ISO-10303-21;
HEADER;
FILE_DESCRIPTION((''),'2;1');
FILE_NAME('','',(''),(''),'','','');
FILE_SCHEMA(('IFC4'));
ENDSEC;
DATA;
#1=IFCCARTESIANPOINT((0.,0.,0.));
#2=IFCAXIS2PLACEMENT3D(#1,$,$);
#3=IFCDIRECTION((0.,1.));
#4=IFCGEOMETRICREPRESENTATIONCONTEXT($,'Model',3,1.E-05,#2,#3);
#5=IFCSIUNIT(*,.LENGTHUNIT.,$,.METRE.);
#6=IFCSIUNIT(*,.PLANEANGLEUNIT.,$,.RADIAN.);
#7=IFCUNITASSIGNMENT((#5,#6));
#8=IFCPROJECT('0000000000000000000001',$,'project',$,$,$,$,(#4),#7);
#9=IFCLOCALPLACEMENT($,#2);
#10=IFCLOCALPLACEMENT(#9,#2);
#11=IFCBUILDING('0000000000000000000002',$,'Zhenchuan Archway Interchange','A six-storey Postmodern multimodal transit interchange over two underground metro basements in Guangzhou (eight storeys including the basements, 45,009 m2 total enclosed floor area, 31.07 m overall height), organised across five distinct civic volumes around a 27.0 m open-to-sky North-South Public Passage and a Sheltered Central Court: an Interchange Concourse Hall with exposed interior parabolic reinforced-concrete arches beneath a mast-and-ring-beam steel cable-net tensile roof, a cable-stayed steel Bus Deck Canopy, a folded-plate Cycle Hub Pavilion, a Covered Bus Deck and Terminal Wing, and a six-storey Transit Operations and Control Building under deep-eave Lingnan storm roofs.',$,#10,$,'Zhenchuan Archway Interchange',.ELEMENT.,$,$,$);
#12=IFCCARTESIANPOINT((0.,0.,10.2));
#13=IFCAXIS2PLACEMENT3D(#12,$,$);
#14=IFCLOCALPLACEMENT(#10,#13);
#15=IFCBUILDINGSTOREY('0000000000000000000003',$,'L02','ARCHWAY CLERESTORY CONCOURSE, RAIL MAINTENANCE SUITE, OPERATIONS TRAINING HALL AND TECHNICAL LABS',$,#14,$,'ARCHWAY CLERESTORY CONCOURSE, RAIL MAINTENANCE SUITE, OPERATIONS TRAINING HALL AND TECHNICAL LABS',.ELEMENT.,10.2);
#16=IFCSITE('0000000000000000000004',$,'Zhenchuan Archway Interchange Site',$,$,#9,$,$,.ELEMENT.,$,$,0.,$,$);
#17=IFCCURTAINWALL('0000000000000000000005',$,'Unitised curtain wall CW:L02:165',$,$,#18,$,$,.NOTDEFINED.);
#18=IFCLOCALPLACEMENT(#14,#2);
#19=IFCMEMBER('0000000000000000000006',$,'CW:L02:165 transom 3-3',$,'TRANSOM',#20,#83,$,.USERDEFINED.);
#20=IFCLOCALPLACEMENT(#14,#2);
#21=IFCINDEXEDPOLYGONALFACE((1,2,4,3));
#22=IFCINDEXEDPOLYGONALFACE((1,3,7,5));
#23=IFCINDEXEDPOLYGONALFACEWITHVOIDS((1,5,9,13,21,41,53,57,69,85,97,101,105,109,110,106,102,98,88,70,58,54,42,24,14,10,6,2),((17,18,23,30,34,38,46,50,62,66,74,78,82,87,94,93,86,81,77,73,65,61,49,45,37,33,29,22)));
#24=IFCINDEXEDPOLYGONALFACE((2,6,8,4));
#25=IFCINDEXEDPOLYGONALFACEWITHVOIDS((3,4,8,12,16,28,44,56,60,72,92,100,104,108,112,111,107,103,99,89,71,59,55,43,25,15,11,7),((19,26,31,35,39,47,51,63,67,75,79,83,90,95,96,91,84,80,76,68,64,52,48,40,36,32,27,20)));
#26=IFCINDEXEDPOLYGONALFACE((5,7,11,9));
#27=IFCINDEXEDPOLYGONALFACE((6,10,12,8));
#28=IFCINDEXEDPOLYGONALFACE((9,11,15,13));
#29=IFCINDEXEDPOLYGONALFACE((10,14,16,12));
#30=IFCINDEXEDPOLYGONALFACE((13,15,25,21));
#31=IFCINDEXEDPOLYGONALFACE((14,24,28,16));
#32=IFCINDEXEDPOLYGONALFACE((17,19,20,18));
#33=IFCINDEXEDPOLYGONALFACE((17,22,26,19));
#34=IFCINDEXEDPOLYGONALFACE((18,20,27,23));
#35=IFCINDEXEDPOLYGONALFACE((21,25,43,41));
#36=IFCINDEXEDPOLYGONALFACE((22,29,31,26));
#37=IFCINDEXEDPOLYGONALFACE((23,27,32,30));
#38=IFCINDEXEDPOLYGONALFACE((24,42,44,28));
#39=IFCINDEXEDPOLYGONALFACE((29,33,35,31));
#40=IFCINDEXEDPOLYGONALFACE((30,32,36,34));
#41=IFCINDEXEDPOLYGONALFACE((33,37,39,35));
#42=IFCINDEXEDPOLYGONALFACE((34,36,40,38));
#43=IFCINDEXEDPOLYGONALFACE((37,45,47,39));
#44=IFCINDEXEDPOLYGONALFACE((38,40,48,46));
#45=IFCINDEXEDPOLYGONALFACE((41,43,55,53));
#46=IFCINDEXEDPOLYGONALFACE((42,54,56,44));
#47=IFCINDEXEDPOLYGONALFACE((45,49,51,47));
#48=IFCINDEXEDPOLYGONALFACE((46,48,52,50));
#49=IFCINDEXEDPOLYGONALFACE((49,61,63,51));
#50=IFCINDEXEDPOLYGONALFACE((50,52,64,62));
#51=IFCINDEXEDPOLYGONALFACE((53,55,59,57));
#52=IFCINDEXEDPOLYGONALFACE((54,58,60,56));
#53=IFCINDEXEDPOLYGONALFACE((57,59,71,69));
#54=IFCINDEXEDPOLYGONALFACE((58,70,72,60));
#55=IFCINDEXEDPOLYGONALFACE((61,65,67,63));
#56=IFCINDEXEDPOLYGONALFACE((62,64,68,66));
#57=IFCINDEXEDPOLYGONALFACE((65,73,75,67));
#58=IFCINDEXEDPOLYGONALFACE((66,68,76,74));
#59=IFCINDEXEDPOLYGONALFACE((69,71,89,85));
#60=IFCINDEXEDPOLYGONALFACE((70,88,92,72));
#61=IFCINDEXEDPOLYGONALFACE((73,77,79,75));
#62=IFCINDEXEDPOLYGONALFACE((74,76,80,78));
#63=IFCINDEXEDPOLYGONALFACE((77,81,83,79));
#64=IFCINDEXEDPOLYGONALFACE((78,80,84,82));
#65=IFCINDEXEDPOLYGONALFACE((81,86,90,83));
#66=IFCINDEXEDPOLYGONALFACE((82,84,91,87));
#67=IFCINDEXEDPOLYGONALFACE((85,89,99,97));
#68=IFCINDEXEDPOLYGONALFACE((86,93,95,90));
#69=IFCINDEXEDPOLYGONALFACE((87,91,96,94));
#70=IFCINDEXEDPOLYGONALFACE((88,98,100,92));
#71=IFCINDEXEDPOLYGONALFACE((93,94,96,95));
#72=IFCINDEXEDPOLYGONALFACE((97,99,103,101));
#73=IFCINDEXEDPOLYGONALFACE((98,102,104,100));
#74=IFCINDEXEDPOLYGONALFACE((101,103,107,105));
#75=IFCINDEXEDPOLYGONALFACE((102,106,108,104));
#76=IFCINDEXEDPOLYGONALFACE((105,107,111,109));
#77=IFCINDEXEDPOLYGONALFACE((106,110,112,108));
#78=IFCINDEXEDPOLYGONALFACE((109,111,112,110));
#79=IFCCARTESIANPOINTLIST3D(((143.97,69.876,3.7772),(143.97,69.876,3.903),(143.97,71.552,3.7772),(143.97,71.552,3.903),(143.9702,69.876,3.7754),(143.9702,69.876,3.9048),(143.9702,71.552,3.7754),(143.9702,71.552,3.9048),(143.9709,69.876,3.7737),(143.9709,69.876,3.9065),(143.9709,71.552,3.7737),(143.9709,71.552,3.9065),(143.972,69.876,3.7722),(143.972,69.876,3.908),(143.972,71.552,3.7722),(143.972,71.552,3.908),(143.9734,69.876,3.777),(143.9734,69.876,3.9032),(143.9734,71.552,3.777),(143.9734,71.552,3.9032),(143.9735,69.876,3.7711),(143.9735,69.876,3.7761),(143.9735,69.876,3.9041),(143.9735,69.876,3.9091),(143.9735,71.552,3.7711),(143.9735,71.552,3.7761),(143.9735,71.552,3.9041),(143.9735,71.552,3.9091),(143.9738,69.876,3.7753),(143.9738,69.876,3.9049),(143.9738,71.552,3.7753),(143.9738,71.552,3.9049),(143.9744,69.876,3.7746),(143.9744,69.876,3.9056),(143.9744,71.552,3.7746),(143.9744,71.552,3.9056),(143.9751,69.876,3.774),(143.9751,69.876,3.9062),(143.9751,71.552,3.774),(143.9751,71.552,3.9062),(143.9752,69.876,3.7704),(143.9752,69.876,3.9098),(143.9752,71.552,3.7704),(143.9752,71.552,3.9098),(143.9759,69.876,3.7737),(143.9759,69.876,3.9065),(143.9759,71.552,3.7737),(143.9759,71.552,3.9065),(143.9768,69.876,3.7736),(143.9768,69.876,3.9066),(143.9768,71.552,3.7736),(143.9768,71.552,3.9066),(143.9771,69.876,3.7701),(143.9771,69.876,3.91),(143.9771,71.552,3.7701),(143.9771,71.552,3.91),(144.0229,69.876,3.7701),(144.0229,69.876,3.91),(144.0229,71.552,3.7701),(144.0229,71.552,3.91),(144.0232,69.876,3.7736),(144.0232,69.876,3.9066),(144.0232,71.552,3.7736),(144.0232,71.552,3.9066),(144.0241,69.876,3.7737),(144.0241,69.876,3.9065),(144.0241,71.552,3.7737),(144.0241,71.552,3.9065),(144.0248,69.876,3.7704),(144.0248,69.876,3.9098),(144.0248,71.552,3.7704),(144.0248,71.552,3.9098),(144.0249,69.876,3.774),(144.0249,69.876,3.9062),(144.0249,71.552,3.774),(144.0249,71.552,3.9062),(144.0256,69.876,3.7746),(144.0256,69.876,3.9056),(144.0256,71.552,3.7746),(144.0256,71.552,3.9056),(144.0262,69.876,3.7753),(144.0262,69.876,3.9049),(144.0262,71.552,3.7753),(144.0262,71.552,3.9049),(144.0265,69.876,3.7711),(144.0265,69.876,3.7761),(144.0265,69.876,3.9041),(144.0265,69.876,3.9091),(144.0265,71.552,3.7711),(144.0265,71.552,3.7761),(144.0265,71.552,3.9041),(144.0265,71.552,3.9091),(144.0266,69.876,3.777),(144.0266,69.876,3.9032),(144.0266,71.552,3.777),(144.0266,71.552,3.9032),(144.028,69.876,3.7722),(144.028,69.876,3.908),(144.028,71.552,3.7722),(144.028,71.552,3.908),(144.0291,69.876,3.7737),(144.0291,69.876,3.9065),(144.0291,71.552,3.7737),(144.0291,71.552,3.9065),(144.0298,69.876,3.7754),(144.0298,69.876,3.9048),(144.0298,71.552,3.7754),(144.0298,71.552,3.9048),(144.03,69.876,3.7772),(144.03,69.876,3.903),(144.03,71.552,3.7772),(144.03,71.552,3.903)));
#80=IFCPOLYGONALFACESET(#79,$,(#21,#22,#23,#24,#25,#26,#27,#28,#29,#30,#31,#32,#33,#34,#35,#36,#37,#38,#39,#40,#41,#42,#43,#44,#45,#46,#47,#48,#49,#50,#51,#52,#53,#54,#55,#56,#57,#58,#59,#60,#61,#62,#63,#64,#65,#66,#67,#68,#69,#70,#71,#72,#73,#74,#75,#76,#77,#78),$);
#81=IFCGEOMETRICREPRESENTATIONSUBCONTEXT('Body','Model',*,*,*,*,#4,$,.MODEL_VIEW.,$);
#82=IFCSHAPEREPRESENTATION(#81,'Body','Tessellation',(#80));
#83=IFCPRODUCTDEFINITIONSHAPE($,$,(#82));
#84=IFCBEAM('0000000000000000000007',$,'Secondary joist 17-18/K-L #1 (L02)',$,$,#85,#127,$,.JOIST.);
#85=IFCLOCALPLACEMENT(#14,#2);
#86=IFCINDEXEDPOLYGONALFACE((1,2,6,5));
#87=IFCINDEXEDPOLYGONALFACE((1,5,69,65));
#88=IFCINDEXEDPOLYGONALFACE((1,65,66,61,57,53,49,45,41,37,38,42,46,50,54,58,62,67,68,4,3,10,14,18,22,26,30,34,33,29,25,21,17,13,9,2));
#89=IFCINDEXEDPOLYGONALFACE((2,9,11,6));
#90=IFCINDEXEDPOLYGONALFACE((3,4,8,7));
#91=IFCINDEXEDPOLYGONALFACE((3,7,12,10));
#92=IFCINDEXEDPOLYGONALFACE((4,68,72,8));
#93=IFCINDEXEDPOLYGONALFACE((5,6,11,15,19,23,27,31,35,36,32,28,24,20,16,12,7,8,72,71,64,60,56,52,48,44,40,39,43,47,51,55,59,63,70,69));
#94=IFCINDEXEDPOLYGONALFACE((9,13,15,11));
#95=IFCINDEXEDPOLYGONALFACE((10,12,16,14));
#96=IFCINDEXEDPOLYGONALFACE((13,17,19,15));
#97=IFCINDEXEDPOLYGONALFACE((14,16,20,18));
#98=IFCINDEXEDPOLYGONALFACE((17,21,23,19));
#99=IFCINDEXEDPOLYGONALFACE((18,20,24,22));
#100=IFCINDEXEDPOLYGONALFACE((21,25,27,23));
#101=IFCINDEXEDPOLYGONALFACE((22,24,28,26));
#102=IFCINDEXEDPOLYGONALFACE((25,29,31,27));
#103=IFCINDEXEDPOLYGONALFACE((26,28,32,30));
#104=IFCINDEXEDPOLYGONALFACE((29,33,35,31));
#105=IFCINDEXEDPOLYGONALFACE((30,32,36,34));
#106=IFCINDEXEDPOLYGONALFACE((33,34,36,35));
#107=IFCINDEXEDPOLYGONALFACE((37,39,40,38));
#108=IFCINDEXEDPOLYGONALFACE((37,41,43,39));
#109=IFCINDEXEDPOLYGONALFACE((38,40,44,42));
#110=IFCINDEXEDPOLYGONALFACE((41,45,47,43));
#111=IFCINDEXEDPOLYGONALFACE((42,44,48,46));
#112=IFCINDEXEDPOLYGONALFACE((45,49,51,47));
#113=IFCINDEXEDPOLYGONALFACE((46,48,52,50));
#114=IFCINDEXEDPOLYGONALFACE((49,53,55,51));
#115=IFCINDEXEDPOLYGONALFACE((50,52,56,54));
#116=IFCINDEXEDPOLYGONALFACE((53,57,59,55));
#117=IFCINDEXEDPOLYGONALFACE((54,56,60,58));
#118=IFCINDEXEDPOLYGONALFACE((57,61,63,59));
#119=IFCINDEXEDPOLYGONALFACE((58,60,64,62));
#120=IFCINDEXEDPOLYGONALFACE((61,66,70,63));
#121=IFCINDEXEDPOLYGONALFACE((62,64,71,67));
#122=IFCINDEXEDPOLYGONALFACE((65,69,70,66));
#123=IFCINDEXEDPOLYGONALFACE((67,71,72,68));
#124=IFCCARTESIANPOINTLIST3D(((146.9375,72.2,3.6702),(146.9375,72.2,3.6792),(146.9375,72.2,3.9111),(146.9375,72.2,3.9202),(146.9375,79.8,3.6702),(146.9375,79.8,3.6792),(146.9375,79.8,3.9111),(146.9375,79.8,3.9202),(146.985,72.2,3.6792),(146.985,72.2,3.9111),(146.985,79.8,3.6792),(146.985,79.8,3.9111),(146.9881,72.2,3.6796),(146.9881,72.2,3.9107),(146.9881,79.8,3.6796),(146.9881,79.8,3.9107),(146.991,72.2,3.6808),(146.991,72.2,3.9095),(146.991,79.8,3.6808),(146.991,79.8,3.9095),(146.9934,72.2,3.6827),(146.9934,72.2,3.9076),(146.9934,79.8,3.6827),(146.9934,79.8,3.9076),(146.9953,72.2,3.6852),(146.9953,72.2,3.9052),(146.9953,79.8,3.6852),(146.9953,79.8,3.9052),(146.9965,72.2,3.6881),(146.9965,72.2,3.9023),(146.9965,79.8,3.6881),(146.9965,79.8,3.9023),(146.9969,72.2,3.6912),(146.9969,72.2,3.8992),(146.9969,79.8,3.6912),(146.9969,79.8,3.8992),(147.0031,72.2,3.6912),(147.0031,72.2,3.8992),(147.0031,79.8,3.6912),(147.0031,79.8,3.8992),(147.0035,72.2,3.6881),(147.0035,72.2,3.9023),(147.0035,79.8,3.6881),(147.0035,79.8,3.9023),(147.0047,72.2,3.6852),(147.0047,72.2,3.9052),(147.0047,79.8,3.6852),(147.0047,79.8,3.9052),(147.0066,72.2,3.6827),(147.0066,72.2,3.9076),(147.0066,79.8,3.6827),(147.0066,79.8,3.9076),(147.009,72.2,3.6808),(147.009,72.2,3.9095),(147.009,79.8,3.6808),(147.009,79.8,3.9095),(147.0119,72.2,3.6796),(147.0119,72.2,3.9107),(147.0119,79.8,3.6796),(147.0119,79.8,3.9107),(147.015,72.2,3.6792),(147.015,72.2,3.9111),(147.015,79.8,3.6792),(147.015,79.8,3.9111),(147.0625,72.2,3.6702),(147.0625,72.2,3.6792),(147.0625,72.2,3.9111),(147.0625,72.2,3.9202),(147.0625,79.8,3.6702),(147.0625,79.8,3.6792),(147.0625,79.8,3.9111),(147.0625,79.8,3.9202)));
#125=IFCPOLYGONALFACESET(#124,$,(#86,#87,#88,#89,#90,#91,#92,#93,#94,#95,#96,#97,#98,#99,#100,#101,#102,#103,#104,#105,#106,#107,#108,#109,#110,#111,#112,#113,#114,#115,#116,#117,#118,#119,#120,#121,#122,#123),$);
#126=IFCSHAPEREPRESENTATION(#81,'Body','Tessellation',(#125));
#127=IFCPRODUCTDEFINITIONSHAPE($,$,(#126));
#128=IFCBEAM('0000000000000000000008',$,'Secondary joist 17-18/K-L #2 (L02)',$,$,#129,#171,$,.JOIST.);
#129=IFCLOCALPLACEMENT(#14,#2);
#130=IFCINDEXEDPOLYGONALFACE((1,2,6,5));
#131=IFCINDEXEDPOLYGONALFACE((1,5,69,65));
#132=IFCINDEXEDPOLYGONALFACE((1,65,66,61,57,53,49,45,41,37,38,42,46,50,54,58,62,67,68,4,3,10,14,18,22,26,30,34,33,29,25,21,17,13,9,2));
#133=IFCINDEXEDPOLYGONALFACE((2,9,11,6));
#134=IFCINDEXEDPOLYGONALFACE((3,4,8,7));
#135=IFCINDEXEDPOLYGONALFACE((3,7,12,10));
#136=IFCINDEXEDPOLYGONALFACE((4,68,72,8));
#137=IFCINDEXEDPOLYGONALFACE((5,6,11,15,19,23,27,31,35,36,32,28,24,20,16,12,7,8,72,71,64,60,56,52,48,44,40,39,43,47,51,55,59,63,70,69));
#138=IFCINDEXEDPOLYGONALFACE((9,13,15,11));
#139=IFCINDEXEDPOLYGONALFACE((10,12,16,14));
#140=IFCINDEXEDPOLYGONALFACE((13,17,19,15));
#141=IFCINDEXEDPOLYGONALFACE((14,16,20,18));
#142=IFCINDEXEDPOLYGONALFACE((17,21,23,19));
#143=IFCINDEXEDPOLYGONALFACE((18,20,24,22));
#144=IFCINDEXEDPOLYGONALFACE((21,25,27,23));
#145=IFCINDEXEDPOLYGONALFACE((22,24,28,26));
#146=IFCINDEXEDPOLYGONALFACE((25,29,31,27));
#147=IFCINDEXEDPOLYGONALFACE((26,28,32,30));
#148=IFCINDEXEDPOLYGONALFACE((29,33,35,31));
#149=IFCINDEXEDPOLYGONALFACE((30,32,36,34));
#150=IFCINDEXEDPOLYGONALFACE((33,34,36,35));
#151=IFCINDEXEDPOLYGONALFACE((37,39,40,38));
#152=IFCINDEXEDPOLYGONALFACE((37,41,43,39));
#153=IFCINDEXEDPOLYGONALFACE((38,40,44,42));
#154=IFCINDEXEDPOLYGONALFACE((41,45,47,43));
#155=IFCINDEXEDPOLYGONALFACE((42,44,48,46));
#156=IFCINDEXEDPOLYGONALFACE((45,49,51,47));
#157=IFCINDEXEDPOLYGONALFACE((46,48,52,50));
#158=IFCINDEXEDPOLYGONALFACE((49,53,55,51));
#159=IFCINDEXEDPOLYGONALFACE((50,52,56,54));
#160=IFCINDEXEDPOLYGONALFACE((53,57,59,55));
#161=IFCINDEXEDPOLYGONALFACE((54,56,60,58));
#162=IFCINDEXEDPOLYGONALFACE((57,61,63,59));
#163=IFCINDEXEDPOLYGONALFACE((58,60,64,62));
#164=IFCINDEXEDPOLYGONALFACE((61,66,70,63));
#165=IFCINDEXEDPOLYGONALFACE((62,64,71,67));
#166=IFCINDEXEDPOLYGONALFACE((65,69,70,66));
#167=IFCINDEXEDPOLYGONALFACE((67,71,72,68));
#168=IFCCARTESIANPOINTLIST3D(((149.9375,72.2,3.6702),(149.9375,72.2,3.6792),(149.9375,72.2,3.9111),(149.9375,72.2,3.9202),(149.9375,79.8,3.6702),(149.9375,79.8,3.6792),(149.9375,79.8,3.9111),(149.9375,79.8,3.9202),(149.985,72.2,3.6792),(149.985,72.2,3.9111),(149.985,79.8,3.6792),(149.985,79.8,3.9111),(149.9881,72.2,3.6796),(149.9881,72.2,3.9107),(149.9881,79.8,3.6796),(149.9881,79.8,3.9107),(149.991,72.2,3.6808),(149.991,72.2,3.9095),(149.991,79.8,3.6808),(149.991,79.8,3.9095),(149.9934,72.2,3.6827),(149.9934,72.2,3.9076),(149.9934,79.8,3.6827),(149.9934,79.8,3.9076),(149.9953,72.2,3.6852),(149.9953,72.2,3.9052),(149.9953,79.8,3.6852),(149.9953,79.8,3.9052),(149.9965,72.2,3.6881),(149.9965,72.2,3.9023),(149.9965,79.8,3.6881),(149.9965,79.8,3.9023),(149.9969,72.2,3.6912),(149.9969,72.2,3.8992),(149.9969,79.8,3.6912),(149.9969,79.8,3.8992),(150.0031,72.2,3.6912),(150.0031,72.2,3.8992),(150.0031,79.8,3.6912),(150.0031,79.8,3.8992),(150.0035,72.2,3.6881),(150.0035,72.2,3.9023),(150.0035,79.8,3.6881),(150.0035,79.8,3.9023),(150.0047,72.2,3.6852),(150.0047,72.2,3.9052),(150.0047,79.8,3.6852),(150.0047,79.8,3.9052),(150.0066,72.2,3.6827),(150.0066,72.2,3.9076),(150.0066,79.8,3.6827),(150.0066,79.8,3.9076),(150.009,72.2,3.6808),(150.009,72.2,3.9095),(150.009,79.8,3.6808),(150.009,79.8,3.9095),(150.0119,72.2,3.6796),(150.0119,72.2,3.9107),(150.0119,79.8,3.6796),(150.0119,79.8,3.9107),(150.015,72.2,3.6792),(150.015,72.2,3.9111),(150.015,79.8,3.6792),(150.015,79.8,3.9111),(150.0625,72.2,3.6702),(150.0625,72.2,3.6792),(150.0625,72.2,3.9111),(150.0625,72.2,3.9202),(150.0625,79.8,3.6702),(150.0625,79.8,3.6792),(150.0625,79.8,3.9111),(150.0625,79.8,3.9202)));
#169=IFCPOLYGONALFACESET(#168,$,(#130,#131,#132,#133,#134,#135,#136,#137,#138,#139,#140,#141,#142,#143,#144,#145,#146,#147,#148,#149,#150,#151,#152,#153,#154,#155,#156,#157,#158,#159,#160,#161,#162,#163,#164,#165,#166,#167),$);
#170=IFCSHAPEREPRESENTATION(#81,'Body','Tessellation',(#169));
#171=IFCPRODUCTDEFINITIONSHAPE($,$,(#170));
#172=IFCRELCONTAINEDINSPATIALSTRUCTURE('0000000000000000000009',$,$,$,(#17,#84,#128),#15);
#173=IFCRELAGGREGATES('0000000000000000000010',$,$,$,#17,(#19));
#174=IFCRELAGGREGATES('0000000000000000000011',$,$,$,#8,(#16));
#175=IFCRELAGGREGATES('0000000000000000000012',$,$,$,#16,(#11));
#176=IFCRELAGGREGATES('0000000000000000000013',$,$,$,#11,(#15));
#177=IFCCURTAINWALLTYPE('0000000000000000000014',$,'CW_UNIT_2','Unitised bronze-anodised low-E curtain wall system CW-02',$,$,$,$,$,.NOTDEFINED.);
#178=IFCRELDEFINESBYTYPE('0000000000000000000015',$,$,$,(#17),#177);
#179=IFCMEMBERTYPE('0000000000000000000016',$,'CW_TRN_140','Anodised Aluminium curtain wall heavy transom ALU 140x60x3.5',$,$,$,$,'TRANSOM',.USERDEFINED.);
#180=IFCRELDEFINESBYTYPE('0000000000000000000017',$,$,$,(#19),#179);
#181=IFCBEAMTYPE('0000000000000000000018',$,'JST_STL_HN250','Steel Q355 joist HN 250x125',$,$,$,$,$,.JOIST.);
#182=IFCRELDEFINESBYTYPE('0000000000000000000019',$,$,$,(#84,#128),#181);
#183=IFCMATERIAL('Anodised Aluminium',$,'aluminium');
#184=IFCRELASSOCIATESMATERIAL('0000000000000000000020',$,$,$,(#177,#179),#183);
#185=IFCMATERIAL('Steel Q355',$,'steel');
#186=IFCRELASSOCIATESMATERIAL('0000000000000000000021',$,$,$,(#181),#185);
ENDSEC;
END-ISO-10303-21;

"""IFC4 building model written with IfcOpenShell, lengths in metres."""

from ifc_helpers import new_model, si_unit, direction, frame, origin, origin_2d, place, context, subcontext, project, spatial, hollow_rectangle, i_section, extrude, material, material_profile, profile_set, type_object, element, aggregate, save


model = new_model("IFC4")

# Units and contexts
model_context = context("Model", 3, precision=1e-05, world=origin(), true_north=direction((0.0, 1.0)))
body_context = subcontext(model_context, "Body", "Model", "MODEL_VIEW")
ifc_project = project(units=[si_unit("LENGTHUNIT", "METRE"), si_unit("PLANEANGLEUNIT", "RADIAN")], contexts=[model_context])

# Site, building, storey
site_placement = place(None, origin())
site = spatial("IfcSite", under=ifc_project, at=site_placement, Name="Zhenchuan Archway Interchange Site", CompositionType="ELEMENT", RefElevation=0.0)
building_placement = place(site_placement, origin())
building = spatial("IfcBuilding", under=site, at=building_placement, Name="Zhenchuan Archway Interchange", Description="A six-storey Postmodern multimodal transit interchange over two underground metro basements in Guangzhou (eight storeys including the basements, 45,009 m2 total enclosed floor area, 31.07 m overall height), organised across five distinct civic volumes around a 27.0 m open-to-sky North-South Public Passage and a Sheltered Central Court: an Interchange Concourse Hall with exposed interior parabolic reinforced-concrete arches beneath a mast-and-ring-beam steel cable-net tensile roof, a cable-stayed steel Bus Deck Canopy, a folded-plate Cycle Hub Pavilion, a Covered Bus Deck and Terminal Wing, and a six-storey Transit Operations and Control Building under deep-eave Lingnan storm roofs.", LongName="Zhenchuan Archway Interchange", CompositionType="ELEMENT")
storey_placement = place(building_placement, frame((0.0, 0.0, 10.2)))
storey = spatial("IfcBuildingStorey", under=building, at=storey_placement, Name="L02", Description="ARCHWAY CLERESTORY CONCOURSE, RAIL MAINTENANCE SUITE, OPERATIONS TRAINING HALL AND TECHNICAL LABS", LongName="ARCHWAY CLERESTORY CONCOURSE, RAIL MAINTENANCE SUITE, OPERATIONS TRAINING HALL AND TECHNICAL LABS", CompositionType="ELEMENT", Elevation=10.2)

# Curtain wall, member
ifc_material_1 = material(Name="Anodised Aluminium", Category="aluminium")
curtain_wall_type = type_object("IfcCurtainWallType", Name="CW_UNIT_2", Description="Unitised bronze-anodised low-E curtain wall system CW-02", PredefinedType="NOTDEFINED", material=ifc_material_1)
curtain_wall_placement = place(storey_placement, origin())
curtain_wall = element("IfcCurtainWall", 1, at=curtain_wall_placement, inside=storey, type_object=curtain_wall_type, Name="Unitised curtain wall CW:L02:165", PredefinedType="NOTDEFINED")
ifc_material_profile_1 = material_profile(ifc_material_1, hollow_rectangle(XDim=0.0601, YDim=0.1399, WallThickness=0.0034, InnerFilletRadius=0.0034, OuterFilletRadius=0.0071, at=origin_2d()), Name="ALU 140x60x3.5")
ifc_profile_set_1 = profile_set([ifc_material_profile_1], Name="Anodised Aluminium")
member_type_1 = type_object("IfcMemberType", Name="CW_TRN_140", Description="Anodised Aluminium curtain wall heavy transom ALU 140x60x3.5", ElementType="TRANSOM", PredefinedType="USERDEFINED", material=ifc_profile_set_1)
member_1_placement = place(storey_placement, frame((144.0, 69.876, 3.8401), z_axis=(0.0, 1.0, 0.0), x_axis=(-1.0, 0.0, 0.0)))
member_1 = element("IfcMember", 2, at=member_1_placement, type_object=member_type_1, Name="CW:L02:165 transom 3-3", ObjectType="TRANSOM", PredefinedType="USERDEFINED", context=body_context, shape_type="SweptSolid", body=[
    extrude(hollow_rectangle(XDim=0.0601, YDim=0.1399, WallThickness=0.0034, InnerFilletRadius=0.0034, OuterFilletRadius=0.0071, at=origin_2d()), origin(), (0.0, 0.0, 1.0), 1.676),
])

# Beams
ifc_material_2 = material(Name="Steel Q355", Category="steel")
ifc_material_profile_2 = material_profile(ifc_material_2, i_section(OverallWidth=0.125, OverallDepth=0.25, WebThickness=0.0061, FlangeThickness=0.009, FilletRadius=0.012, at=origin_2d()), Name="HN 250x125")
ifc_profile_set_2 = profile_set([ifc_material_profile_2], Name="Steel Q355")
beam_type_1 = type_object("IfcBeamType", Name="JST_STL_HN250", Description="Steel Q355 joist HN 250x125", PredefinedType="JOIST", material=ifc_profile_set_2)
for number, where, z_axis, x_axis, name in (
    (3, (147.0, 72.2, 3.7952), (0.0, 1.0, 0.0), (-1.0, 0.0, 0.0), "Secondary joist 17-18/K-L #1 (L02)"),
    (4, (150.0, 72.2, 3.7952), (0.0, 1.0, 0.0), (-1.0, 0.0, 0.0), "Secondary joist 17-18/K-L #2 (L02)"),
):
    element("IfcBeam", number, at=place(storey_placement, frame(where, z_axis=z_axis, x_axis=x_axis)), inside=storey, type_object=beam_type_1, Name=name, PredefinedType="JOIST", context=body_context, shape_type="SweptSolid", body=[
        extrude(i_section(OverallWidth=0.125, OverallDepth=0.25, WebThickness=0.0061, FlangeThickness=0.009, FilletRadius=0.012, at=origin_2d()), origin(), (0.0, 0.0, 1.0), 7.6001),
    ])

aggregate(curtain_wall, [member_1])

save(model, "model.ifc")
